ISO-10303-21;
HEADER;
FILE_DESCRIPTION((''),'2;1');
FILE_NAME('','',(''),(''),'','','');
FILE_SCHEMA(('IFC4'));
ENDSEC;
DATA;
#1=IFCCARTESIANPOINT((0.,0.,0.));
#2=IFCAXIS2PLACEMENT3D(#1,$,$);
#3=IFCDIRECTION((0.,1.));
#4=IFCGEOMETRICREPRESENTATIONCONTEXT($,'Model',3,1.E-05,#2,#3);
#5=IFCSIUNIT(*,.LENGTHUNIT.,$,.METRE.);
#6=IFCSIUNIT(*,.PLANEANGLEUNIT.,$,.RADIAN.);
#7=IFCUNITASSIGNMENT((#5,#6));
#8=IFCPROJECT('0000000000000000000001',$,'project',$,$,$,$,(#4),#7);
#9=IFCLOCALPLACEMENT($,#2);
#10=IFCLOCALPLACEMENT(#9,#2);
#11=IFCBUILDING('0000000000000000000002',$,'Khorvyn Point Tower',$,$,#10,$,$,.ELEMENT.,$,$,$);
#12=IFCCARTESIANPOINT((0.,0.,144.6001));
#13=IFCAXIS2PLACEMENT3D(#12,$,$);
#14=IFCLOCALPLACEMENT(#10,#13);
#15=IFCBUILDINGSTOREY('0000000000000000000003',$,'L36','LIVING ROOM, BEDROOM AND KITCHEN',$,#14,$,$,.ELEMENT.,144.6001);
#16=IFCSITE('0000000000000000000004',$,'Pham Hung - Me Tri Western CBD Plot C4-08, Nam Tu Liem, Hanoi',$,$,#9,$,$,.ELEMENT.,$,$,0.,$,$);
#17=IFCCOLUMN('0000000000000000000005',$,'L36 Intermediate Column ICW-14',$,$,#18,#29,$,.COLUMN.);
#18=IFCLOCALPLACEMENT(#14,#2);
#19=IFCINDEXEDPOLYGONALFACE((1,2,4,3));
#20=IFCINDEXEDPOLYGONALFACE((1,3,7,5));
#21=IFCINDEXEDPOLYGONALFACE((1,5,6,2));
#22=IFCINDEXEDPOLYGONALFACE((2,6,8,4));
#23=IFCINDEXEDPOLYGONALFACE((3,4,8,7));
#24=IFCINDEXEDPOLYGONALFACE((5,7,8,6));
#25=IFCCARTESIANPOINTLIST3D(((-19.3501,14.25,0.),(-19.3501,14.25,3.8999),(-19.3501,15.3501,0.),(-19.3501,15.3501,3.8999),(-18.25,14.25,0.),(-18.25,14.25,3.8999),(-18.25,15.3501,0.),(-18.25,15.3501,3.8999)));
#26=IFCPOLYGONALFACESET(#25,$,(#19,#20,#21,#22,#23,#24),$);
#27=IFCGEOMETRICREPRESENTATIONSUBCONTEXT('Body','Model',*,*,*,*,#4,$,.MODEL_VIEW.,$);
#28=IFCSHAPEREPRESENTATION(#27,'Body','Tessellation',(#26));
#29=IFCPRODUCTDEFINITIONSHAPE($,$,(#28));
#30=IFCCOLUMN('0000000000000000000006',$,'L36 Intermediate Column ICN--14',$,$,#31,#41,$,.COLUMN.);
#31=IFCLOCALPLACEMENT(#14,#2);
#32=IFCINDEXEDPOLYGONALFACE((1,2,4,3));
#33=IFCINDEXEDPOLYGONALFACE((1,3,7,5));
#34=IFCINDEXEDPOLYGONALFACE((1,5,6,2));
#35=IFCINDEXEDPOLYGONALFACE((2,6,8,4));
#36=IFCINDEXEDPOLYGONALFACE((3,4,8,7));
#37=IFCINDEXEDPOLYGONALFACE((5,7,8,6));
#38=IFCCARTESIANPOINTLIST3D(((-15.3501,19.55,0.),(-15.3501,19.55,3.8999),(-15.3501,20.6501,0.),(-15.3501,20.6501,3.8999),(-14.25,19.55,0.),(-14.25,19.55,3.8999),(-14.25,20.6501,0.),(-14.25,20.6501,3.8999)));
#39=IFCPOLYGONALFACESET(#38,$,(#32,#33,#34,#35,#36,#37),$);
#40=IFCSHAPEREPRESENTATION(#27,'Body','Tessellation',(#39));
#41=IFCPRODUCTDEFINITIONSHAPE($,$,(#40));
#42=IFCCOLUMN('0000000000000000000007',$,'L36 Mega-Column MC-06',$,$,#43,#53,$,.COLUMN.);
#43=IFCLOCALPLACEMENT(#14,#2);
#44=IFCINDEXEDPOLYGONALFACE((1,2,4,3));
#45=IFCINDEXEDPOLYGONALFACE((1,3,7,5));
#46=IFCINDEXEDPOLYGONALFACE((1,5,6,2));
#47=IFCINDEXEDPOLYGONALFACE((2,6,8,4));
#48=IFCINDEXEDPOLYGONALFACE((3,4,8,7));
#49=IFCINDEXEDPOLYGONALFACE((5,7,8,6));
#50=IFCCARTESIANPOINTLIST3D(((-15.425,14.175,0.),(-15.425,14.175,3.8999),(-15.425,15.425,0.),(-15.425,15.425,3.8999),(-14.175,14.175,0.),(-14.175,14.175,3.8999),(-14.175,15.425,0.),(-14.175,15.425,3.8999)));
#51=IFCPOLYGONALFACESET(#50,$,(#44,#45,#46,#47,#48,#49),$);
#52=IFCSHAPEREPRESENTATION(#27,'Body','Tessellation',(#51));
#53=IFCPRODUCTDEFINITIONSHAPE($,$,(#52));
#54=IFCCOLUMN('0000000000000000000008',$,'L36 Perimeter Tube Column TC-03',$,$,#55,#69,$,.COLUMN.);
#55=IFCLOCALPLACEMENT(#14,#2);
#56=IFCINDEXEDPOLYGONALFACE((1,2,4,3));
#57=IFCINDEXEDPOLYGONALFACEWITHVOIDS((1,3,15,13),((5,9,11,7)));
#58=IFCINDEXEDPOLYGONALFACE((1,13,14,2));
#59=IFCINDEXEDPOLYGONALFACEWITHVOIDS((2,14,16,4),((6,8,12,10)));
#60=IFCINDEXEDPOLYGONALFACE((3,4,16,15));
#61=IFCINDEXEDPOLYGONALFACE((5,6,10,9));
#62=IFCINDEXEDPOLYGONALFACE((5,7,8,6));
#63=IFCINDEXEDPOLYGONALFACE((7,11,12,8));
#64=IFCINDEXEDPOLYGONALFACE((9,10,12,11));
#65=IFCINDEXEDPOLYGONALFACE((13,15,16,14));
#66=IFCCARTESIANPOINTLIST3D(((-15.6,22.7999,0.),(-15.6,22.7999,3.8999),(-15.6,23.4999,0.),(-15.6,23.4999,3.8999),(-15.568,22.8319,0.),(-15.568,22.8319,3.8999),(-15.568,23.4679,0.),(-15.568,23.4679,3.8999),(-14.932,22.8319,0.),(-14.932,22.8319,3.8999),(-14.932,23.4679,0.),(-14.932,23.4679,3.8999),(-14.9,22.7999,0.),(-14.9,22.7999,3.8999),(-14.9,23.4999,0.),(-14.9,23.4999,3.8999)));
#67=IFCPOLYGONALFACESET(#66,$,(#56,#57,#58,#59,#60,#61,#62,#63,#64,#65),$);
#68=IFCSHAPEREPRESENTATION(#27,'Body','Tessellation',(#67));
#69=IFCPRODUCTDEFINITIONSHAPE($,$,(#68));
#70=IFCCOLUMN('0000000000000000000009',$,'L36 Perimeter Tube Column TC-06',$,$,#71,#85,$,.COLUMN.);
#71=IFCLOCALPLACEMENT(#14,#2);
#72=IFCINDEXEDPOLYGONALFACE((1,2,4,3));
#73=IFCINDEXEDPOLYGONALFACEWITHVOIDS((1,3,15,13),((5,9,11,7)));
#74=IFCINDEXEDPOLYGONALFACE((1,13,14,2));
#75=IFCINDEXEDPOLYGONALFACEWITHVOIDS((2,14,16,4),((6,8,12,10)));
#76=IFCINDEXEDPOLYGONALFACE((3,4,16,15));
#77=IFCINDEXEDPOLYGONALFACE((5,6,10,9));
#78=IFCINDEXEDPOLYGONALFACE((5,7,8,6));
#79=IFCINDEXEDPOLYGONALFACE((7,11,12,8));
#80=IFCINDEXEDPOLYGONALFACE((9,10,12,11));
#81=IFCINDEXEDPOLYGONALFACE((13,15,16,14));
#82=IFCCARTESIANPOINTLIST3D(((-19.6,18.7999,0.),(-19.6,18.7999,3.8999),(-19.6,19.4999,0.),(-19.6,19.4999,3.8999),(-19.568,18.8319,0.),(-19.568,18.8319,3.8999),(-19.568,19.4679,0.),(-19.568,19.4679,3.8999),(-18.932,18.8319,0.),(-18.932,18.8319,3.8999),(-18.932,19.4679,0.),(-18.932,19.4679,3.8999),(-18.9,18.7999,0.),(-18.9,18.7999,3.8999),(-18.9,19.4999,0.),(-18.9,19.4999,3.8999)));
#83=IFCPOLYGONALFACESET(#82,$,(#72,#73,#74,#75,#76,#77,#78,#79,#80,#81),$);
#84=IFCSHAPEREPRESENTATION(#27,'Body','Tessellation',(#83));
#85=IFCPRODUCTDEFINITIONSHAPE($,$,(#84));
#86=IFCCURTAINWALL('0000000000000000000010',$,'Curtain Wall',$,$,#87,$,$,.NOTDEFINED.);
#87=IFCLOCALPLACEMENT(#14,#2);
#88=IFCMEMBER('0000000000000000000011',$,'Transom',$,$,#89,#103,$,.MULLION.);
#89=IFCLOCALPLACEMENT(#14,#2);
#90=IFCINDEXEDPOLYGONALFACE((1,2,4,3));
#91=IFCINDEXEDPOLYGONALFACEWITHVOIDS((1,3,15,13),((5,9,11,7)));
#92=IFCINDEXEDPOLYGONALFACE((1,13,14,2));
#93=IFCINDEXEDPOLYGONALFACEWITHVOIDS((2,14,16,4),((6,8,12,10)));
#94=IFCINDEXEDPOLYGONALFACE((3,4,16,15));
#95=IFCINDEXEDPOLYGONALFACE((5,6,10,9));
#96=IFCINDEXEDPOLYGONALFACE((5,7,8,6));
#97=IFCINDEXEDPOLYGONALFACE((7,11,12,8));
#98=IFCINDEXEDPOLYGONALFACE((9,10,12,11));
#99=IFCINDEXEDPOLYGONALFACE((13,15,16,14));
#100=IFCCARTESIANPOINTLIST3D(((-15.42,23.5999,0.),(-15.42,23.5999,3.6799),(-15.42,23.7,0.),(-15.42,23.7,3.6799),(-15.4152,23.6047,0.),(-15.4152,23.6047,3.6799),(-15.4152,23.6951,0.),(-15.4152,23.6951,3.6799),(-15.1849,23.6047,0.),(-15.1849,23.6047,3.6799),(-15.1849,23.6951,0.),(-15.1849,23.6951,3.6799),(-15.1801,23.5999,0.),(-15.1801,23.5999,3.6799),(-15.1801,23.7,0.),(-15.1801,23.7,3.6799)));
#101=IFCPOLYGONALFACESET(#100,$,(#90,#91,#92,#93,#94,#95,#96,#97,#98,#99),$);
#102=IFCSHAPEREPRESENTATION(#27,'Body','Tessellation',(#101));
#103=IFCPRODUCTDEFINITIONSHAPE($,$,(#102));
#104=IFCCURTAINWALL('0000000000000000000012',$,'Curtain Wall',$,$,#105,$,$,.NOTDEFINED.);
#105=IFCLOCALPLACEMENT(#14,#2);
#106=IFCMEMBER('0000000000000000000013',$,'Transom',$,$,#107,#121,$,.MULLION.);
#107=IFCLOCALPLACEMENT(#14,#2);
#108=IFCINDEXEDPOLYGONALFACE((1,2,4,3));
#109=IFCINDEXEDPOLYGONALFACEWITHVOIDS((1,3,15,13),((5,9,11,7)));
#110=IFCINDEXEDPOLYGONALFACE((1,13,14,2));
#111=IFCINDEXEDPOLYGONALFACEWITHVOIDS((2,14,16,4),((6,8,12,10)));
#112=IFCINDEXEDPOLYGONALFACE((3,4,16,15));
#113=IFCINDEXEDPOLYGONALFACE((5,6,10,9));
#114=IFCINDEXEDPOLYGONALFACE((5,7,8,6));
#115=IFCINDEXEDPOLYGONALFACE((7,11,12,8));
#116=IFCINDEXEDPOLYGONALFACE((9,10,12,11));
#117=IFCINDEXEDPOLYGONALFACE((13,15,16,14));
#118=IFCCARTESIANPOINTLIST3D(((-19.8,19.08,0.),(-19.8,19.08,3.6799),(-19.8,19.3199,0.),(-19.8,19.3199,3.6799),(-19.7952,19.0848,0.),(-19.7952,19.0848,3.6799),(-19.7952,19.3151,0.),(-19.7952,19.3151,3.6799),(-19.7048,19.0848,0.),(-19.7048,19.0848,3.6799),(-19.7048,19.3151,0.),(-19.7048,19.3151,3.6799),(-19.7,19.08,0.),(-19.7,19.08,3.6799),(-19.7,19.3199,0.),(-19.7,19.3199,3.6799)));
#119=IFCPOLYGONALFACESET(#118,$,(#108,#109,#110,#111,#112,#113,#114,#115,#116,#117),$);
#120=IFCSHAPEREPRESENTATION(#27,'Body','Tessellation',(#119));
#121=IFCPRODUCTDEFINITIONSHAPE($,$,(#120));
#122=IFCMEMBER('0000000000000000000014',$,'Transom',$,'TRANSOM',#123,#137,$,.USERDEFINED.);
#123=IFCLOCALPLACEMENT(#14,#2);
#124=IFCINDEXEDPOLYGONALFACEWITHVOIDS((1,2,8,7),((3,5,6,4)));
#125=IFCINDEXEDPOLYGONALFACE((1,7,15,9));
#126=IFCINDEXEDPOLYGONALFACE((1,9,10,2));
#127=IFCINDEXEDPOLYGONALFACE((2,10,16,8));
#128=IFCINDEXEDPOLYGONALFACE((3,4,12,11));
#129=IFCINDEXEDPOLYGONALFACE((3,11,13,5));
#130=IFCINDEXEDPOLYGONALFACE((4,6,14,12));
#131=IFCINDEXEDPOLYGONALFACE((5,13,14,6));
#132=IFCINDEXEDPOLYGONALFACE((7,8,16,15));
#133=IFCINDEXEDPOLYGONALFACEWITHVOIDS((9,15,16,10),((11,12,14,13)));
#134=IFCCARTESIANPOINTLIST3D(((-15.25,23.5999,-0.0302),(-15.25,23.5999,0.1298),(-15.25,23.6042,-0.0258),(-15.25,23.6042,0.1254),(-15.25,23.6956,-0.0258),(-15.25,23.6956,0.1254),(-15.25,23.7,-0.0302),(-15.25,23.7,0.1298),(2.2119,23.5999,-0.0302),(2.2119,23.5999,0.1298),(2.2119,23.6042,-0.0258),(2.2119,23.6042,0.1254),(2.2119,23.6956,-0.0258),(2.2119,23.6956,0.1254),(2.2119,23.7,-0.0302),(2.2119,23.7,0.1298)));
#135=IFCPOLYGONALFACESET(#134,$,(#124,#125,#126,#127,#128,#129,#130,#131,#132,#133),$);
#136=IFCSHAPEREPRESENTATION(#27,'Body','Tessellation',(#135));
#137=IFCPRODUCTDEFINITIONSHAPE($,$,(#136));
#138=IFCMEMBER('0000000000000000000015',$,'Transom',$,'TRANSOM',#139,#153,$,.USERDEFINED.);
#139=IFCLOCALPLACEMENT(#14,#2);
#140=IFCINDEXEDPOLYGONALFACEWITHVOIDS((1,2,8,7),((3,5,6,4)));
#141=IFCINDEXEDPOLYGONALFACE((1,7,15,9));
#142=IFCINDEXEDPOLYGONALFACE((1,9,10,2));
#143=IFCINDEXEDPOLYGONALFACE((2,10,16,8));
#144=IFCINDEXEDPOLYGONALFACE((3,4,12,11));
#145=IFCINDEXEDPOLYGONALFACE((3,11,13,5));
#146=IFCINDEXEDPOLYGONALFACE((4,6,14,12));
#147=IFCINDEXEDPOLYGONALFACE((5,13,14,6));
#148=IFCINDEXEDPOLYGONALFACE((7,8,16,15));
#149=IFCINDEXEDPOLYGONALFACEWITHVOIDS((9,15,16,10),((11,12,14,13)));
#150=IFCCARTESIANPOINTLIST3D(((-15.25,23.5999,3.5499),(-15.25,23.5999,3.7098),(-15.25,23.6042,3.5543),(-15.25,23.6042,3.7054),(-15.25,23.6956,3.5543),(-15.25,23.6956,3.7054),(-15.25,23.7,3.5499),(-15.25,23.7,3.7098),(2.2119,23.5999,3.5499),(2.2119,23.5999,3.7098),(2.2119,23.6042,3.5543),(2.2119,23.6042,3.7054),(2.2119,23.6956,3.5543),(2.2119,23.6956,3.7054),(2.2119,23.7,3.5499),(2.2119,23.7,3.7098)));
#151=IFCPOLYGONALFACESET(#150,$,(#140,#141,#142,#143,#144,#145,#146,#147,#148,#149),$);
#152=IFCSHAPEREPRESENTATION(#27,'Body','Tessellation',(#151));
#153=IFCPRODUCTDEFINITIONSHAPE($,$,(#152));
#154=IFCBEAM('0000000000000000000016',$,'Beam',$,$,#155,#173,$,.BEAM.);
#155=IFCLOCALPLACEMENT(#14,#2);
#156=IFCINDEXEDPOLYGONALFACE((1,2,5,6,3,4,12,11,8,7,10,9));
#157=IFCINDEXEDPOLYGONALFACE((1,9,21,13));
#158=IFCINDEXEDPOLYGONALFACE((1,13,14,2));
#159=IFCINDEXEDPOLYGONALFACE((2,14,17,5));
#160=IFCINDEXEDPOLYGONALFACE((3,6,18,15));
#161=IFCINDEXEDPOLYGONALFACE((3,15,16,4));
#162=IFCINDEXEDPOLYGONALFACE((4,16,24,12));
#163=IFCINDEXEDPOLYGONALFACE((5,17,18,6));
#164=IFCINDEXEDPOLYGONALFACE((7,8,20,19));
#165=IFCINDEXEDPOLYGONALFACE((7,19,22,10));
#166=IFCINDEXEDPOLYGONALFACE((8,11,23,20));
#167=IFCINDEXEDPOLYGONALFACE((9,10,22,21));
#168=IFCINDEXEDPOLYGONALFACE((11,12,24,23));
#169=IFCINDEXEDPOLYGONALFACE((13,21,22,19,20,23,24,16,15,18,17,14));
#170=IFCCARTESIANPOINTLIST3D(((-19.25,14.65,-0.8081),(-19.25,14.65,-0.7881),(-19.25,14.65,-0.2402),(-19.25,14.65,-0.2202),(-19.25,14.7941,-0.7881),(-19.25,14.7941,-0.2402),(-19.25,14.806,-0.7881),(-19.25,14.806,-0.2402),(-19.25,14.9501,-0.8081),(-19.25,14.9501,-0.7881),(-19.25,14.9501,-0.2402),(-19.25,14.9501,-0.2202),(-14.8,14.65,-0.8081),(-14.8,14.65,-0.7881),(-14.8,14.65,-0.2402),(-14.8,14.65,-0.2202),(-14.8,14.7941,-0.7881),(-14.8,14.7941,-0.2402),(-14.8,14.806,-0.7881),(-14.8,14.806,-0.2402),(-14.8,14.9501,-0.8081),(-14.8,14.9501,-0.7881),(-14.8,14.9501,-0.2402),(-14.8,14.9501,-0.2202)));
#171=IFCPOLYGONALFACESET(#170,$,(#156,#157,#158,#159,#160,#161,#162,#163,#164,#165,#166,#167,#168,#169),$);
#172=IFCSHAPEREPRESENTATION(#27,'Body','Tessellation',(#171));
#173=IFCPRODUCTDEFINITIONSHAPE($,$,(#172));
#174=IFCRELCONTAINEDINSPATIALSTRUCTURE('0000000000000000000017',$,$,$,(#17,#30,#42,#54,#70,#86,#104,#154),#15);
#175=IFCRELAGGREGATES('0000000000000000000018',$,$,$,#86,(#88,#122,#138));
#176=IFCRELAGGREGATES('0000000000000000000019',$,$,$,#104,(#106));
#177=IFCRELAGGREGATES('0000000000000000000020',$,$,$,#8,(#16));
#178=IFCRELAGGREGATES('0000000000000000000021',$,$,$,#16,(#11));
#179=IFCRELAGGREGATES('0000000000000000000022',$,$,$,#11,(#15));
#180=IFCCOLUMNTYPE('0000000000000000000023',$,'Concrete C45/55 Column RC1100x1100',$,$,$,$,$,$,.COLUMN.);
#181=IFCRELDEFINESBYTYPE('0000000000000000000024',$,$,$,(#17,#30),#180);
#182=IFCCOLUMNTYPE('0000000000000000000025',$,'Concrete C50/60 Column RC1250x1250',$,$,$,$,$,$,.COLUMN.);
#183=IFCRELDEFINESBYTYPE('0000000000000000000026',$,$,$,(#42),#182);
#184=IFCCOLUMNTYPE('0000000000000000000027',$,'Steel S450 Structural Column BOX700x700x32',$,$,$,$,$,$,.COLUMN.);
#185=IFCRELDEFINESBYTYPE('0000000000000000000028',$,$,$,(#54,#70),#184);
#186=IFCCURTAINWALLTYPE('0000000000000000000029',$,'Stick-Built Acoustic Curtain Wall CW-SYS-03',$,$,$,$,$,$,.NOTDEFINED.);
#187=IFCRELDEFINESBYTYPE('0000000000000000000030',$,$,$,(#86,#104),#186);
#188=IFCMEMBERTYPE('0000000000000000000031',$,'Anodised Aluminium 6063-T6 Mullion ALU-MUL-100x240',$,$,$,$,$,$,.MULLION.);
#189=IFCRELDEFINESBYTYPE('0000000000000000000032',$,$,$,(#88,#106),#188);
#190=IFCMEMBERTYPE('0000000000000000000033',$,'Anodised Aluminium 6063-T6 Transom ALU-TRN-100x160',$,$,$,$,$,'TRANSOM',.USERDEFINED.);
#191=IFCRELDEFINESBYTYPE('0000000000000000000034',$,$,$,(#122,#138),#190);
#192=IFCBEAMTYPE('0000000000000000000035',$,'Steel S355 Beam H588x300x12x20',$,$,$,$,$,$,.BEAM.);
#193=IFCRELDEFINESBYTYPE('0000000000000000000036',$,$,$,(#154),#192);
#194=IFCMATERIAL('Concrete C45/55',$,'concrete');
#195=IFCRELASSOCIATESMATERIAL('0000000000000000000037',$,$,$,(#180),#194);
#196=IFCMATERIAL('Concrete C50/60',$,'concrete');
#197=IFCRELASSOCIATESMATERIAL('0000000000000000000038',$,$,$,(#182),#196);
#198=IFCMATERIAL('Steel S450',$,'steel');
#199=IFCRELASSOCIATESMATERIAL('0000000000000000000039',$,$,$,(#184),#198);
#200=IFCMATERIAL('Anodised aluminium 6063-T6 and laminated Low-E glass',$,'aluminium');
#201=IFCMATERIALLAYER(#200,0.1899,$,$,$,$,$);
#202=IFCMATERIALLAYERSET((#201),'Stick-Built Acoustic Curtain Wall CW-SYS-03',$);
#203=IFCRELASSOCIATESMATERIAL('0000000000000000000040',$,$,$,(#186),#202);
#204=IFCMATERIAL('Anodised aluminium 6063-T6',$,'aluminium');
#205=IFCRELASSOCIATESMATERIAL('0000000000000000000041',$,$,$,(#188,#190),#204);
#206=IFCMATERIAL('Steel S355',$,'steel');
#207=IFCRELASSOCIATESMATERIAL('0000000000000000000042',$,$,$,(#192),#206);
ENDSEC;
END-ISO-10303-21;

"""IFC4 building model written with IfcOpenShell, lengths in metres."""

from ifc_helpers import new_model, si_unit, direction, frame, origin, origin_2d, place, context, subcontext, project, spatial, rectangle, hollow_rectangle, i_section, extrude, material, layer, layer_set, material_profile, profile_set, type_object, element, aggregate, save


model = new_model("IFC4")

# Units and contexts
model_context = context("Model", 3, precision=1e-05, world=origin(), true_north=direction((0.0, 1.0)))
body_context = subcontext(model_context, "Body", "Model", "MODEL_VIEW")
ifc_project = project(units=[si_unit("LENGTHUNIT", "METRE"), si_unit("PLANEANGLEUNIT", "RADIAN")], contexts=[model_context])

# Site, building, storey
site_placement = place(None, origin())
site = spatial("IfcSite", under=ifc_project, at=site_placement, Name="Pham Hung - Me Tri Western CBD Plot C4-08, Nam Tu Liem, Hanoi", CompositionType="ELEMENT", RefElevation=0.0)
building_placement = place(site_placement, origin())
building = spatial("IfcBuilding", under=site, at=building_placement, Name="Khorvyn Point Tower", CompositionType="ELEMENT")
storey_placement = place(building_placement, frame((0.0, 0.0, 144.6001)))
storey = spatial("IfcBuildingStorey", under=building, at=storey_placement, Name="L36", Description="LIVING ROOM, BEDROOM AND KITCHEN", CompositionType="ELEMENT", Elevation=144.6001)

# Columns
ifc_material_1 = material(Name="Concrete C45/55", Category="concrete")
ifc_material_profile_1 = material_profile(ifc_material_1, rectangle(XDim=1.1001, YDim=1.1001, at=origin_2d()))
ifc_profile_set_1 = profile_set([ifc_material_profile_1], Name="Concrete C45/55 RC1100x1100")
column_type_1 = type_object("IfcColumnType", Name="Concrete C45/55 Column RC1100x1100", PredefinedType="COLUMN", material=ifc_profile_set_1)
for number, where, z_axis, x_axis, name in (
    (1, (-18.8, 14.8, 0.0), (0.0, 0.0, 1.0), (1.0, 0.0, 0.0), "L36 Intermediate Column ICW-14"),
    (2, (-14.8, 20.1001, 0.0), (0.0, 0.0, 1.0), (1.0, 0.0, 0.0), "L36 Intermediate Column ICN--14"),
):
    element("IfcColumn", number, at=place(storey_placement, frame(where, z_axis=z_axis, x_axis=x_axis)), inside=storey, type_object=column_type_1, Name=name, PredefinedType="COLUMN", context=body_context, shape_type="SweptSolid", body=[
        extrude(rectangle(XDim=1.1001, YDim=1.1001, at=origin_2d()), origin(), (0.0, 0.0, 1.0), 3.8999),
    ])
ifc_material_2 = material(Name="Concrete C50/60", Category="concrete")
ifc_material_profile_2 = material_profile(ifc_material_2, rectangle(XDim=1.25, YDim=1.25, at=origin_2d()))
ifc_profile_set_2 = profile_set([ifc_material_profile_2], Name="Concrete C50/60 RC1250x1250")
column_type_2 = type_object("IfcColumnType", Name="Concrete C50/60 Column RC1250x1250", PredefinedType="COLUMN", material=ifc_profile_set_2)
column_placement = place(storey_placement, frame((-14.8, 14.8, 0.0), z_axis=(0.0, 0.0, 1.0), x_axis=(1.0, 0.0, 0.0)))
element("IfcColumn", 3, at=column_placement, inside=storey, type_object=column_type_2, Name="L36 Mega-Column MC-06", PredefinedType="COLUMN", context=body_context, shape_type="SweptSolid", body=[
    extrude(rectangle(XDim=1.25, YDim=1.25, at=origin_2d()), origin(), (0.0, 0.0, 1.0), 3.8999),
])
ifc_material_3 = material(Name="Steel S450", Category="steel")
ifc_material_profile_3 = material_profile(ifc_material_3, hollow_rectangle(XDim=0.7, YDim=0.7, WallThickness=0.032, at=origin_2d()))
ifc_profile_set_3 = profile_set([ifc_material_profile_3], Name="Steel S450 BOX700x700x32")
column_type_3 = type_object("IfcColumnType", Name="Steel S450 Structural Column BOX700x700x32", PredefinedType="COLUMN", material=ifc_profile_set_3)
for number, where, z_axis, x_axis, name in (
    (4, (-15.25, 23.1499, 0.0), (0.0, 0.0, 1.0), (1.0, 0.0, 0.0), "L36 Perimeter Tube Column TC-03"),
    (5, (-19.25, 19.1499, 0.0), (0.0, 0.0, 1.0), (1.0, 0.0, 0.0), "L36 Perimeter Tube Column TC-06"),
):
    element("IfcColumn", number, at=place(storey_placement, frame(where, z_axis=z_axis, x_axis=x_axis)), inside=storey, type_object=column_type_3, Name=name, PredefinedType="COLUMN", context=body_context, shape_type="SweptSolid", body=[
        extrude(hollow_rectangle(XDim=0.7, YDim=0.7, WallThickness=0.032, at=origin_2d()), origin(), (0.0, 0.0, 1.0), 3.8999),
    ])

# Curtain walls, members
ifc_material_4 = material(Name="Anodised aluminium 6063-T6 and laminated Low-E glass", Category="aluminium")
ifc_layer_1 = layer(ifc_material_4, 0.1899)
ifc_layer_set_1 = layer_set([ifc_layer_1], Name="Stick-Built Acoustic Curtain Wall CW-SYS-03")
curtain_wall_type = type_object("IfcCurtainWallType", Name="Stick-Built Acoustic Curtain Wall CW-SYS-03", PredefinedType="NOTDEFINED", material=ifc_layer_set_1)
curtain_wall_1_placement = place(storey_placement, origin())
curtain_wall_1 = element("IfcCurtainWall", 6, at=curtain_wall_1_placement, inside=storey, type_object=curtain_wall_type, Name="Curtain Wall", PredefinedType="NOTDEFINED")
ifc_material_5 = material(Name="Anodised aluminium 6063-T6", Category="aluminium")
ifc_material_profile_4 = material_profile(ifc_material_5, hollow_rectangle(XDim=0.1001, YDim=0.24, WallThickness=0.0049, at=origin_2d()))
ifc_profile_set_4 = profile_set([ifc_material_profile_4], Name="Anodised aluminium 6063-T6 ALU-MUL-100x240")
member_type_1 = type_object("IfcMemberType", Name="Anodised Aluminium 6063-T6 Mullion ALU-MUL-100x240", PredefinedType="MULLION", material=ifc_profile_set_4)
member_1_placement = place(storey_placement, frame((-15.3, 23.6499, 0.0), z_axis=(0.0, 0.0, 1.0), x_axis=(0.0, 1.0, 0.0)))
member_1 = element("IfcMember", 7, at=member_1_placement, type_object=member_type_1, Name="Transom", PredefinedType="MULLION", context=body_context, shape_type="SweptSolid", body=[
    extrude(hollow_rectangle(XDim=0.1001, YDim=0.24, WallThickness=0.0049, at=origin_2d()), origin(), (0.0, 0.0, 1.0), 3.6799),
])
curtain_wall_2_placement = place(storey_placement, origin())
curtain_wall_2 = element("IfcCurtainWall", 8, at=curtain_wall_2_placement, inside=storey, type_object=curtain_wall_type, Name="Curtain Wall", PredefinedType="NOTDEFINED")
member_2_placement = place(storey_placement, frame((-19.75, 19.2, 0.0), z_axis=(0.0, 0.0, 1.0), x_axis=(-1.0, 0.0, 0.0)))
member_2 = element("IfcMember", 9, at=member_2_placement, type_object=member_type_1, Name="Transom", PredefinedType="MULLION", context=body_context, shape_type="SweptSolid", body=[
    extrude(hollow_rectangle(XDim=0.1001, YDim=0.24, WallThickness=0.0049, at=origin_2d()), origin(), (0.0, 0.0, 1.0), 3.6799),
])

# Members
ifc_material_profile_5 = material_profile(ifc_material_5, hollow_rectangle(XDim=0.1001, YDim=0.1599, WallThickness=0.0044, at=origin_2d()))
ifc_profile_set_5 = profile_set([ifc_material_profile_5], Name="Anodised aluminium 6063-T6 ALU-TRN-100x160")
member_type_2 = type_object("IfcMemberType", Name="Anodised Aluminium 6063-T6 Transom ALU-TRN-100x160", ElementType="TRANSOM", PredefinedType="USERDEFINED", material=ifc_profile_set_5)
member_3_placement = place(storey_placement, frame((-15.25, 23.6499, 0.0498), z_axis=(1.0, 0.0, 0.0), x_axis=(0.0, 1.0, 0.0)))
member_3 = element("IfcMember", 10, at=member_3_placement, type_object=member_type_2, Name="Transom", ObjectType="TRANSOM", PredefinedType="USERDEFINED", context=body_context, shape_type="SweptSolid", body=[
    extrude(hollow_rectangle(XDim=0.1001, YDim=0.1599, WallThickness=0.0044, at=origin_2d()), origin(), (0.0, 0.0, 1.0), 17.4619),
])
member_4_placement = place(storey_placement, frame((-15.25, 23.6499, 3.6299), z_axis=(1.0, 0.0, 0.0), x_axis=(0.0, 1.0, 0.0)))
member_4 = element("IfcMember", 11, at=member_4_placement, type_object=member_type_2, Name="Transom", ObjectType="TRANSOM", PredefinedType="USERDEFINED", context=body_context, shape_type="SweptSolid", body=[
    extrude(hollow_rectangle(XDim=0.1001, YDim=0.1599, WallThickness=0.0044, at=origin_2d()), origin(), (0.0, 0.0, 1.0), 17.4619),
])

# Beam
ifc_material_6 = material(Name="Steel S355", Category="steel")
ifc_material_profile_6 = material_profile(ifc_material_6, i_section(OverallWidth=0.3, OverallDepth=0.5879, WebThickness=0.012, FlangeThickness=0.02, at=origin_2d()))
ifc_profile_set_6 = profile_set([ifc_material_profile_6], Name="Steel S355 H588x300x12x20")
beam_type_1 = type_object("IfcBeamType", Name="Steel S355 Beam H588x300x12x20", PredefinedType="BEAM", material=ifc_profile_set_6)
beam_1_placement = place(storey_placement, frame((-19.25, 14.8, -0.5142), z_axis=(1.0, 0.0, 0.0), x_axis=(0.0, 1.0, 0.0)))
element("IfcBeam", 12, at=beam_1_placement, inside=storey, type_object=beam_type_1, Name="Beam", PredefinedType="BEAM", context=body_context, shape_type="SweptSolid", body=[
    extrude(i_section(OverallWidth=0.3, OverallDepth=0.5879, WebThickness=0.012, FlangeThickness=0.02, at=origin_2d()), origin(), (0.0, 0.0, 1.0), 4.45),
])

aggregate(curtain_wall_1, [member_1, member_3, member_4])
aggregate(curtain_wall_2, [member_2])

save(model, "model.ifc")
